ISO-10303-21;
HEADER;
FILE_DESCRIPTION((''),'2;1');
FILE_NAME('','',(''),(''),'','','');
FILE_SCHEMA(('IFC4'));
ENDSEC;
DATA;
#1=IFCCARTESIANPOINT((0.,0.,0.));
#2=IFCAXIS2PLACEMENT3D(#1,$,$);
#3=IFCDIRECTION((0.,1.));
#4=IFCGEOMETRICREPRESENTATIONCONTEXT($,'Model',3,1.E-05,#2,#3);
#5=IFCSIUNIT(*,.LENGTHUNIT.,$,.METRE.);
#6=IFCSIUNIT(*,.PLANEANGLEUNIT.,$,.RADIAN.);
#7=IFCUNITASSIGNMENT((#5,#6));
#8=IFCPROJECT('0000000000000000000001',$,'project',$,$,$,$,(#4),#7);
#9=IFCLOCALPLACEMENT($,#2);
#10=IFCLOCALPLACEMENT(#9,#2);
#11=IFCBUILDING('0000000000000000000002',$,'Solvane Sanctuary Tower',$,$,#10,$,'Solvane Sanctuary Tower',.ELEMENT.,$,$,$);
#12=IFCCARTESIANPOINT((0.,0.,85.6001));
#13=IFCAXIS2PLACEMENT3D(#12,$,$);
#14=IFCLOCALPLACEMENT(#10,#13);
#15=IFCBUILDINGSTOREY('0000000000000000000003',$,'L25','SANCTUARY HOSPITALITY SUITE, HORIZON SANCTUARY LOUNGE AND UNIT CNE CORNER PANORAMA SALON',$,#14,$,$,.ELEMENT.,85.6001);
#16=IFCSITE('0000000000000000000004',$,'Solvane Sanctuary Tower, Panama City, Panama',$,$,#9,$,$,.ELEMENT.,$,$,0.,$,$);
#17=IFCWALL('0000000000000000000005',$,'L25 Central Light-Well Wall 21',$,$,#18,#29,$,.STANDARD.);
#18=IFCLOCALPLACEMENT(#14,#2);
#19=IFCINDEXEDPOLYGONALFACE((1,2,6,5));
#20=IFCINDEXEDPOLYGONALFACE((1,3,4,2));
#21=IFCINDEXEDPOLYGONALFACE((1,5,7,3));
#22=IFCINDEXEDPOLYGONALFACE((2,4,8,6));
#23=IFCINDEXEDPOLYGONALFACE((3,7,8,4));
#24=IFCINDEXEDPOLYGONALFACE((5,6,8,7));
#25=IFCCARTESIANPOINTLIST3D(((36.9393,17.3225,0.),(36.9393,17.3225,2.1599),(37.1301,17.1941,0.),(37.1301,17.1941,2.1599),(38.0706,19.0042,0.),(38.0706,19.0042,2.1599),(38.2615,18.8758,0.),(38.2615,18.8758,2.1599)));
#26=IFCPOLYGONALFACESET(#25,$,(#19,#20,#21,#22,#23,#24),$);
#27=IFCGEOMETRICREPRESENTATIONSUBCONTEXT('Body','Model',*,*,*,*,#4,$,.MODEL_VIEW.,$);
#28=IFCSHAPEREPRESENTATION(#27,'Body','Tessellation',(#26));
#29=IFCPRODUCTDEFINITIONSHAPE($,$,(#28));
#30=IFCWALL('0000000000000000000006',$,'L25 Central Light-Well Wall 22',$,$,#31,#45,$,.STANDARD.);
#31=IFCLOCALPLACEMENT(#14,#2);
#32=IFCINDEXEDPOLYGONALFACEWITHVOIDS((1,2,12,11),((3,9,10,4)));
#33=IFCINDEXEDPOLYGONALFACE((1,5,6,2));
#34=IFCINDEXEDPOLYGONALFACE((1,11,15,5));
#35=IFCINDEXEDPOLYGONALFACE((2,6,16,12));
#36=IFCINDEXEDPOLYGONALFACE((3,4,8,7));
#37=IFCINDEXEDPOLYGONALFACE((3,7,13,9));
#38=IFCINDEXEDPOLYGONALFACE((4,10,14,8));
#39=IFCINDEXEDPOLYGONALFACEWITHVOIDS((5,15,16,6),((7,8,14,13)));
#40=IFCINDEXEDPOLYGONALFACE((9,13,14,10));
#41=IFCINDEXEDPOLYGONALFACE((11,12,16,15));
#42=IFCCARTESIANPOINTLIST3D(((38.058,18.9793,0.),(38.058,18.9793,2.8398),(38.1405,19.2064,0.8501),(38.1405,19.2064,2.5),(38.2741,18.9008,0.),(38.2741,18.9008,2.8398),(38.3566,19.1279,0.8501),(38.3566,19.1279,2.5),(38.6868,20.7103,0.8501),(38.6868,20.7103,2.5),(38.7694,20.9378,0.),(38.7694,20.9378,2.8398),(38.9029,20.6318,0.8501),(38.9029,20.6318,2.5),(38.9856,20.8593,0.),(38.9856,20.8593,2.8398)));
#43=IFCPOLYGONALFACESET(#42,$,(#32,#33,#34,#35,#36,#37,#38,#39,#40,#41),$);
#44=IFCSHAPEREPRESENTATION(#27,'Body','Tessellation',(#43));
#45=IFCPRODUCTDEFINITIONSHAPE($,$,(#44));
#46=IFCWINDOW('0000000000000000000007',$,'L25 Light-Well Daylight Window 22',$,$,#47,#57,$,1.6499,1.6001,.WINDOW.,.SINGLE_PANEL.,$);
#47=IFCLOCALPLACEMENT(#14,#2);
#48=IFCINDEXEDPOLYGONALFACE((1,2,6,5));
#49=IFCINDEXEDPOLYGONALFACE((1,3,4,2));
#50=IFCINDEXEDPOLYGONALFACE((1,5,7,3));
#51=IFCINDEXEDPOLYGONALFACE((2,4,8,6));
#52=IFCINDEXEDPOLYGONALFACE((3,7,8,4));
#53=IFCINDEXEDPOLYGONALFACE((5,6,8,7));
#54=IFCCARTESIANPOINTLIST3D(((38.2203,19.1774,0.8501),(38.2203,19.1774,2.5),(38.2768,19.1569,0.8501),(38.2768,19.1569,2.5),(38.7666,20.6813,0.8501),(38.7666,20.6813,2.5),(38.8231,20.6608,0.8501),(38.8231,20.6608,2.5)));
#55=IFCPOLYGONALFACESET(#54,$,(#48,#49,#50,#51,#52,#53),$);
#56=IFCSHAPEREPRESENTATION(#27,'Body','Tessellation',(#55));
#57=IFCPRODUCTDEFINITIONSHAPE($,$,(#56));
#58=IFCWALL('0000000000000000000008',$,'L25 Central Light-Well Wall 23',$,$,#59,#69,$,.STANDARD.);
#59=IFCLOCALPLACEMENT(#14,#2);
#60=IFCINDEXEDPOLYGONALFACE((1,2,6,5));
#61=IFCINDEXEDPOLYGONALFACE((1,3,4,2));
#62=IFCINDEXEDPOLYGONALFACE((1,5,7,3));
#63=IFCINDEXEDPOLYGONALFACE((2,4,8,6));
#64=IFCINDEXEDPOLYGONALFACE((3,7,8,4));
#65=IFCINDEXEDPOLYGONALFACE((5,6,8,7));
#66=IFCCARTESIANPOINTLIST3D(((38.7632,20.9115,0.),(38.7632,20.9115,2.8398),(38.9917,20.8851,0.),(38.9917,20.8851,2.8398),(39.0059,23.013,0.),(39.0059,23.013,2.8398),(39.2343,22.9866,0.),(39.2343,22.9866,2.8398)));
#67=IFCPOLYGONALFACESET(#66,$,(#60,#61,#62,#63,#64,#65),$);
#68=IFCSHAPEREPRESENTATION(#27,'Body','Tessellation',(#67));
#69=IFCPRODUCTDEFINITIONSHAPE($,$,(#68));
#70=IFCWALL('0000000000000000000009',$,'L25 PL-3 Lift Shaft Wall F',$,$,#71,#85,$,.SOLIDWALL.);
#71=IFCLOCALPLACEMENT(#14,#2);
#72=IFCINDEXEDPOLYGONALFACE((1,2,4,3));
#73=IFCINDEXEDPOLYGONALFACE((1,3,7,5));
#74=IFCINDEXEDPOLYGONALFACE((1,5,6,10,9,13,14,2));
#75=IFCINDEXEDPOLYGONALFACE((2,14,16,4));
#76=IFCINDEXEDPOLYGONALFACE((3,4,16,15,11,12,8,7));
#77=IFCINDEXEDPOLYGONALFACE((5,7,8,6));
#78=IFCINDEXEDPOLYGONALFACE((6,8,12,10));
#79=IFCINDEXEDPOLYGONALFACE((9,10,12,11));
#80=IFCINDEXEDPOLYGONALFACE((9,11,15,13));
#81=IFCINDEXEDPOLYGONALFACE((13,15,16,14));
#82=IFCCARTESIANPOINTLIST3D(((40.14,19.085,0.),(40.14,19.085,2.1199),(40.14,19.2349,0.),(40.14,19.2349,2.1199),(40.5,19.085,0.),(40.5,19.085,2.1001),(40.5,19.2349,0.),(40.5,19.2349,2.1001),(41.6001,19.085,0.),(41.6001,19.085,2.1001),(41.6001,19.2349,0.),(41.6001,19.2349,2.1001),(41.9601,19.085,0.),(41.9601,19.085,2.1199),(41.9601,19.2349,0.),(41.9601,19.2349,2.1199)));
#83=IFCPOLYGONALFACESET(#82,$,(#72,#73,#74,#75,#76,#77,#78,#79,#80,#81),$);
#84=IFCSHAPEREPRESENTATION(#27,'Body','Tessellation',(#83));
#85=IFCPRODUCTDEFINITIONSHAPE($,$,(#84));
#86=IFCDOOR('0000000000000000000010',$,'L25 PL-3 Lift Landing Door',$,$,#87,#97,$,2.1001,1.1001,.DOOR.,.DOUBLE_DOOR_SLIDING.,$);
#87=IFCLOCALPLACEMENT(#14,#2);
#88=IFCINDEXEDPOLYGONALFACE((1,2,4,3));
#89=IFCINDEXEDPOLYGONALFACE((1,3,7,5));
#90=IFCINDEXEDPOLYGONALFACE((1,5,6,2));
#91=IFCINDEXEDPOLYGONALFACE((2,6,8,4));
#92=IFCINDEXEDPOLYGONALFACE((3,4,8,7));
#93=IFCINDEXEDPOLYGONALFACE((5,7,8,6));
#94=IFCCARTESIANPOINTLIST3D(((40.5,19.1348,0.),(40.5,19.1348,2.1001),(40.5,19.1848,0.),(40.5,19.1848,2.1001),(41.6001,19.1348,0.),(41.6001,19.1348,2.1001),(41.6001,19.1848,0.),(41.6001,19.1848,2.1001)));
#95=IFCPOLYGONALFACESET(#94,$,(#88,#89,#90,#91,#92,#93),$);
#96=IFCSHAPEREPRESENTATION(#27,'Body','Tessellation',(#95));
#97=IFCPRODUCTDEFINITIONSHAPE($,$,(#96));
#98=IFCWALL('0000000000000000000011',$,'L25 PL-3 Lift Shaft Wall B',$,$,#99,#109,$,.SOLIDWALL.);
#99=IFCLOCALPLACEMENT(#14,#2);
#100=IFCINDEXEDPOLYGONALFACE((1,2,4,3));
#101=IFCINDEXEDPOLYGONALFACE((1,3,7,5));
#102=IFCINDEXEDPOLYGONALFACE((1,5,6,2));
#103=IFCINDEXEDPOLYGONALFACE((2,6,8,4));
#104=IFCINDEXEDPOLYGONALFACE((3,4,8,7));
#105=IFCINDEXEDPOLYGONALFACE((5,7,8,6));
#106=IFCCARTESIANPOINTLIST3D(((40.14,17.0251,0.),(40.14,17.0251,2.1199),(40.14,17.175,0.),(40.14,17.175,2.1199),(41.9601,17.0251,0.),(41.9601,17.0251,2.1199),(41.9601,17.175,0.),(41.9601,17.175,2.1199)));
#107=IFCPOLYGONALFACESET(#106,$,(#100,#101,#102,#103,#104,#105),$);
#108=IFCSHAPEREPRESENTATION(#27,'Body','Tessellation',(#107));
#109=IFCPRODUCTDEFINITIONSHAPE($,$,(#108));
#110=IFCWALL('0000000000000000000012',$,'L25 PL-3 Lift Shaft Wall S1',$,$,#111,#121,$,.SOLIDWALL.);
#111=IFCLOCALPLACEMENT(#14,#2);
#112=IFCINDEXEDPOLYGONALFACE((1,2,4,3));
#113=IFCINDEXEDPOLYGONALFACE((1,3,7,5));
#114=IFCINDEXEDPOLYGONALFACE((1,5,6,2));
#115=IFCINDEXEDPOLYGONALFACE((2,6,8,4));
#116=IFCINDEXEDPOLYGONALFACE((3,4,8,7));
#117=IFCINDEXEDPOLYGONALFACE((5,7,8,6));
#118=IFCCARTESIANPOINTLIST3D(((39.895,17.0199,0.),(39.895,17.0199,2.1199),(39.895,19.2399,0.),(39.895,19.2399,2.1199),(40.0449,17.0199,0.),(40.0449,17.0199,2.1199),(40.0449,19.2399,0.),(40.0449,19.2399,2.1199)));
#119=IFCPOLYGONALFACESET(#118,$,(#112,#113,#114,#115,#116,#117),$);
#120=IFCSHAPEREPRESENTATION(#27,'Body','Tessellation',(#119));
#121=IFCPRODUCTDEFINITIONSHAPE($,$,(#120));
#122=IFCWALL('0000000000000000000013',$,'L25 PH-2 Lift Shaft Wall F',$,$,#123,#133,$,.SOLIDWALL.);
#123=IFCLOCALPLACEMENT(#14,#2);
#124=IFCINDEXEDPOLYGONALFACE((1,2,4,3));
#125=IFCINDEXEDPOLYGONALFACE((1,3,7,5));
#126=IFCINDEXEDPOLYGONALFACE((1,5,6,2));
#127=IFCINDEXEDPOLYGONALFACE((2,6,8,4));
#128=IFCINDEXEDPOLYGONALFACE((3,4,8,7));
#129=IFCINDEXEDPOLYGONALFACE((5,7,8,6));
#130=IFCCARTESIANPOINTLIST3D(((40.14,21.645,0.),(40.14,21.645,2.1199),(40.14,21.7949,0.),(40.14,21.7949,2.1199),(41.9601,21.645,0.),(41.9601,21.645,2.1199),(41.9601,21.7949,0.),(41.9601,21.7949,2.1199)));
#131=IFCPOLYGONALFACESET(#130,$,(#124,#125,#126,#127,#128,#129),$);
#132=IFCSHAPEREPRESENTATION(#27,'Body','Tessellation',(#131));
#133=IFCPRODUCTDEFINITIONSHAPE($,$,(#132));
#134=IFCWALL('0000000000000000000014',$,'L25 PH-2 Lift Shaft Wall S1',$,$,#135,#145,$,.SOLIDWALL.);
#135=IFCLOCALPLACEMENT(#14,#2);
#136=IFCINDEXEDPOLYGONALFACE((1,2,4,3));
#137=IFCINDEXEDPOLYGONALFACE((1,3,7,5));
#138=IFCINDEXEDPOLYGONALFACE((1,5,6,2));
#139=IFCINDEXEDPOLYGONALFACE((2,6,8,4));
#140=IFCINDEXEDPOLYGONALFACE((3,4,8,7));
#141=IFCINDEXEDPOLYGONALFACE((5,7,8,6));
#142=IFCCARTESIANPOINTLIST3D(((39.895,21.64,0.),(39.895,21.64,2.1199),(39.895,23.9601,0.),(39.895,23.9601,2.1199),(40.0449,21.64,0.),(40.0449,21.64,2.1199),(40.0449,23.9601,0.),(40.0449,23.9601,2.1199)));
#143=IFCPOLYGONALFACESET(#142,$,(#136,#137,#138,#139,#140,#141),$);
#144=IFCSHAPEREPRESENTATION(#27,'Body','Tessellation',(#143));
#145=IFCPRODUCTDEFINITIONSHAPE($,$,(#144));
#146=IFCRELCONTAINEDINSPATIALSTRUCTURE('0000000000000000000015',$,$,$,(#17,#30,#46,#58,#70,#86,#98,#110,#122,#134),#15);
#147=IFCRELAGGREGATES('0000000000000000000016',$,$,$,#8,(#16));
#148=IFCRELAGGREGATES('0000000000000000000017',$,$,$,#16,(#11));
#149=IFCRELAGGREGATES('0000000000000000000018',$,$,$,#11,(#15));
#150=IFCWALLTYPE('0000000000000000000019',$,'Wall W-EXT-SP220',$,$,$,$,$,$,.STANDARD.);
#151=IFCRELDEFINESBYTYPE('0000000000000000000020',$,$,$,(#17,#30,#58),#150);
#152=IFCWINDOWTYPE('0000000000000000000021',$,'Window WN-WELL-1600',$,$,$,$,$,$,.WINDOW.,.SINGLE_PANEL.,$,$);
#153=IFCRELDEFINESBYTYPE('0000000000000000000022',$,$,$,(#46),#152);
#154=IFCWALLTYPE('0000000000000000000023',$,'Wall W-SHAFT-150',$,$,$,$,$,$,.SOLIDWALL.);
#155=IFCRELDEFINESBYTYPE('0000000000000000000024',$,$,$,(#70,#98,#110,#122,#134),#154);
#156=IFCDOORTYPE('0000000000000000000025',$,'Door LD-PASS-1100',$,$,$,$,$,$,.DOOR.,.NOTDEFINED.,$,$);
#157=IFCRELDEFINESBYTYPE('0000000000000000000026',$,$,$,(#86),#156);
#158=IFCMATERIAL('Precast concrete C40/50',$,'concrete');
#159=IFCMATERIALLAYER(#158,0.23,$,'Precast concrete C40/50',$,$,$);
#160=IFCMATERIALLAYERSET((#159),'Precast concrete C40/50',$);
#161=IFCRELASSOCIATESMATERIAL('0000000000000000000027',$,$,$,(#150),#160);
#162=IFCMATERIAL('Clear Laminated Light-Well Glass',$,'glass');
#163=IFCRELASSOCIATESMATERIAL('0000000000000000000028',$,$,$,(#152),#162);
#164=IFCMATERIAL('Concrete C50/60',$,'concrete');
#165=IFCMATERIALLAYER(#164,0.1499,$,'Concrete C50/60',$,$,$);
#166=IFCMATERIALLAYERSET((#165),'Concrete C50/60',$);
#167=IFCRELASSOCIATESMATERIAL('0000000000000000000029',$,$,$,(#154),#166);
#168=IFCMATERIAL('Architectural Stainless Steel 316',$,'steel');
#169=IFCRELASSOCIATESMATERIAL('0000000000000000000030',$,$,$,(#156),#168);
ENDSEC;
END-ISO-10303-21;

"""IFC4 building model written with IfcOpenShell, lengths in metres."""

from ifc_helpers import new_model, si_unit, direction, frame, frame_2d, origin, place, context, subcontext, project, spatial, rectangle, extrude, material, layer, layer_set, type_object, element, fill, save


model = new_model("IFC4")

# Units and contexts
model_context = context("Model", 3, precision=1e-05, world=origin(), true_north=direction((0.0, 1.0)))
body_context = subcontext(model_context, "Body", "Model", "MODEL_VIEW")
ifc_project = project(units=[si_unit("LENGTHUNIT", "METRE"), si_unit("PLANEANGLEUNIT", "RADIAN")], contexts=[model_context])

# Site, building, storey
site_placement = place(None, origin())
site = spatial("IfcSite", under=ifc_project, at=site_placement, Name="Solvane Sanctuary Tower, Panama City, Panama", CompositionType="ELEMENT", RefElevation=0.0)
building_placement = place(site_placement, origin())
building = spatial("IfcBuilding", under=site, at=building_placement, Name="Solvane Sanctuary Tower", LongName="Solvane Sanctuary Tower", CompositionType="ELEMENT")
storey_placement = place(building_placement, frame((0.0, 0.0, 85.6001)))
storey = spatial("IfcBuildingStorey", under=building, at=storey_placement, Name="L25", Description="SANCTUARY HOSPITALITY SUITE, HORIZON SANCTUARY LOUNGE AND UNIT CNE CORNER PANORAMA SALON", CompositionType="ELEMENT", Elevation=85.6001)

# Wall
ifc_material_1 = material(Name="Precast concrete C40/50", Category="concrete")
ifc_layer_1 = layer(ifc_material_1, 0.23, Name="Precast concrete C40/50")
ifc_layer_set_1 = layer_set([ifc_layer_1], Name="Precast concrete C40/50")
wall_type_1 = type_object("IfcWallType", Name="Wall W-EXT-SP220", PredefinedType="STANDARD", material=ifc_layer_set_1)
wall_1_placement = place(storey_placement, frame((37.0347, 17.2583, 0.0), z_axis=(0.0, 0.0, 1.0), x_axis=(0.558198, 0.829708, 0.0)))
element("IfcWall", 1, at=wall_1_placement, inside=storey, type_object=wall_type_1, Name="L25 Central Light-Well Wall 21", PredefinedType="STANDARD", context=body_context, shape_type="SweptSolid", body=[
    extrude(rectangle(XDim=2.0269, YDim=0.23, at=frame_2d((1.0134, 0.0))), origin(), (0.0, 0.0, 1.0), 2.1599),
])

# Wall, opening, window
wall_2_placement = place(storey_placement, frame((38.166, 18.9399, 0.0), z_axis=(0.0, 0.0, 1.0), x_axis=(0.341423, 0.93991, 0.0)))
wall_2 = element("IfcWall", 2, at=wall_2_placement, inside=storey, type_object=wall_type_1, Name="L25 Central Light-Well Wall 22", PredefinedType="STANDARD", context=body_context, shape_type="SweptSolid", body=[
    extrude(rectangle(XDim=2.0837, YDim=0.23, at=frame_2d((1.042, 0.0))), origin(), (0.0, 0.0, 1.0), 2.8398),
])
opening_1_placement = place(wall_2_placement, frame((0.2417, 0.0, 0.8501)))
opening_1 = element("IfcOpeningElement", 3, at=opening_1_placement, cuts=wall_2, PredefinedType="OPENING", context=body_context, shape_type="SweptSolid", body=[
    extrude(rectangle(XDim=1.6001, YDim=1.6499, at=frame_2d((0.8, 0.825))), frame((0.0, 0.125, 0.0), z_axis=(0.0, -1.0, 0.0), x_axis=(1.0, 0.0, 0.0)), (0.0, 0.0, 1.0), 0.25),
])
ifc_material_2 = material(Name="Clear Laminated Light-Well Glass", Category="glass")
window_type = type_object("IfcWindowType", Name="Window WN-WELL-1600", PartitioningType="SINGLE_PANEL", PredefinedType="WINDOW", material=ifc_material_2)
window_placement = place(opening_1_placement, origin())
window = element("IfcWindow", 4, at=window_placement, inside=storey, type_object=window_type, Name="L25 Light-Well Daylight Window 22", OverallHeight=1.6499, OverallWidth=1.6001, PartitioningType="SINGLE_PANEL", PredefinedType="WINDOW", context=body_context, shape_type="SweptSolid", body=[
    extrude(rectangle(XDim=1.6001, YDim=1.6499, at=frame_2d((0.8, 0.825))), frame((0.0, 0.03, 0.0), z_axis=(0.0, -1.0, 0.0), x_axis=(1.0, 0.0, 0.0)), (0.0, 0.0, 1.0), 0.0601),
])
fill(opening_1, window)

# Wall
wall_3_placement = place(storey_placement, frame((38.8774, 20.8984, 0.0), z_axis=(0.0, 0.0, 1.0), x_axis=(0.114712, 0.993399, 0.0)))
element("IfcWall", 5, at=wall_3_placement, inside=storey, type_object=wall_type_1, Name="L25 Central Light-Well Wall 23", PredefinedType="STANDARD", context=body_context, shape_type="SweptSolid", body=[
    extrude(rectangle(XDim=2.1155, YDim=0.23, at=frame_2d((1.0576, 0.0))), origin(), (0.0, 0.0, 1.0), 2.8398),
])

# Wall, opening, door
ifc_material_3 = material(Name="Concrete C50/60", Category="concrete")
ifc_layer_2 = layer(ifc_material_3, 0.1499, Name="Concrete C50/60")
ifc_layer_set_2 = layer_set([ifc_layer_2], Name="Concrete C50/60")
wall_type_2 = type_object("IfcWallType", Name="Wall W-SHAFT-150", PredefinedType="SOLIDWALL", material=ifc_layer_set_2)
wall_4_placement = place(storey_placement, frame((40.1399, 19.1599, 0.0), z_axis=(0.0, 0.0, 1.0), x_axis=(1.0, 0.0, 0.0)))
wall_4 = element("IfcWall", 6, at=wall_4_placement, inside=storey, type_object=wall_type_2, Name="L25 PL-3 Lift Shaft Wall F", PredefinedType="SOLIDWALL", context=body_context, shape_type="SweptSolid", body=[
    extrude(rectangle(XDim=1.8201, YDim=0.1499, at=frame_2d((0.9102, 0.0))), origin(), (0.0, 0.0, 1.0), 2.1199),
])
opening_2_placement = place(wall_4_placement, frame((0.3601, 0.0, 0.0)))
opening_2 = element("IfcOpeningElement", 7, at=opening_2_placement, cuts=wall_4, PredefinedType="OPENING", context=body_context, shape_type="SweptSolid", body=[
    extrude(rectangle(XDim=1.1001, YDim=2.1001, at=frame_2d((0.55, 1.05))), frame((0.0, 0.085, 0.0), z_axis=(0.0, -1.0, 0.0), x_axis=(1.0, 0.0, 0.0)), (0.0, 0.0, 1.0), 0.1699),
])
ifc_material_4 = material(Name="Architectural Stainless Steel 316", Category="steel")
door_type = type_object("IfcDoorType", Name="Door LD-PASS-1100", OperationType="NOTDEFINED", PredefinedType="DOOR", material=ifc_material_4)
door_placement = place(opening_2_placement, origin())
door = element("IfcDoor", 8, at=door_placement, inside=storey, type_object=door_type, Name="L25 PL-3 Lift Landing Door", OperationType="DOUBLE_DOOR_SLIDING", OverallHeight=2.1001, OverallWidth=1.1001, PredefinedType="DOOR", context=body_context, shape_type="SweptSolid", body=[
    extrude(rectangle(XDim=1.1001, YDim=2.1001, at=frame_2d((0.55, 1.05))), frame((0.0, 0.0249, 0.0), z_axis=(0.0, -1.0, 0.0), x_axis=(1.0, 0.0, 0.0)), (0.0, 0.0, 1.0), 0.05),
])
fill(opening_2, door)

# Walls
wall_5_placement = place(storey_placement, frame((40.1399, 17.1001, 0.0), z_axis=(0.0, 0.0, 1.0), x_axis=(1.0, 0.0, 0.0)))
element("IfcWall", 9, at=wall_5_placement, inside=storey, type_object=wall_type_2, Name="L25 PL-3 Lift Shaft Wall B", PredefinedType="SOLIDWALL", context=body_context, shape_type="SweptSolid", body=[
    extrude(rectangle(XDim=1.8201, YDim=0.1499, at=frame_2d((0.9102, 0.0))), origin(), (0.0, 0.0, 1.0), 2.1199),
])
wall_6_placement = place(storey_placement, frame((39.97, 17.02, 0.0), z_axis=(0.0, 0.0, 1.0), x_axis=(0.0, 1.0, 0.0)))
element("IfcWall", 10, at=wall_6_placement, inside=storey, type_object=wall_type_2, Name="L25 PL-3 Lift Shaft Wall S1", PredefinedType="SOLIDWALL", context=body_context, shape_type="SweptSolid", body=[
    extrude(rectangle(XDim=2.22, YDim=0.1499, at=frame_2d((1.1099, 0.0))), origin(), (0.0, 0.0, 1.0), 2.1199),
])
wall_7_placement = place(storey_placement, frame((40.1399, 21.72, 0.0), z_axis=(0.0, 0.0, 1.0), x_axis=(1.0, 0.0, 0.0)))
element("IfcWall", 11, at=wall_7_placement, inside=storey, type_object=wall_type_2, Name="L25 PH-2 Lift Shaft Wall F", PredefinedType="SOLIDWALL", context=body_context, shape_type="SweptSolid", body=[
    extrude(rectangle(XDim=1.8201, YDim=0.1499, at=frame_2d((0.9102, 0.0))), origin(), (0.0, 0.0, 1.0), 2.1199),
])
wall_8_placement = place(storey_placement, frame((39.97, 21.6399, 0.0), z_axis=(0.0, 0.0, 1.0), x_axis=(0.0, 1.0, 0.0)))
element("IfcWall", 12, at=wall_8_placement, inside=storey, type_object=wall_type_2, Name="L25 PH-2 Lift Shaft Wall S1", PredefinedType="SOLIDWALL", context=body_context, shape_type="SweptSolid", body=[
    extrude(rectangle(XDim=2.3201, YDim=0.1499, at=frame_2d((1.1602, 0.0))), origin(), (0.0, 0.0, 1.0), 2.1199),
])

save(model, "model.ifc")
